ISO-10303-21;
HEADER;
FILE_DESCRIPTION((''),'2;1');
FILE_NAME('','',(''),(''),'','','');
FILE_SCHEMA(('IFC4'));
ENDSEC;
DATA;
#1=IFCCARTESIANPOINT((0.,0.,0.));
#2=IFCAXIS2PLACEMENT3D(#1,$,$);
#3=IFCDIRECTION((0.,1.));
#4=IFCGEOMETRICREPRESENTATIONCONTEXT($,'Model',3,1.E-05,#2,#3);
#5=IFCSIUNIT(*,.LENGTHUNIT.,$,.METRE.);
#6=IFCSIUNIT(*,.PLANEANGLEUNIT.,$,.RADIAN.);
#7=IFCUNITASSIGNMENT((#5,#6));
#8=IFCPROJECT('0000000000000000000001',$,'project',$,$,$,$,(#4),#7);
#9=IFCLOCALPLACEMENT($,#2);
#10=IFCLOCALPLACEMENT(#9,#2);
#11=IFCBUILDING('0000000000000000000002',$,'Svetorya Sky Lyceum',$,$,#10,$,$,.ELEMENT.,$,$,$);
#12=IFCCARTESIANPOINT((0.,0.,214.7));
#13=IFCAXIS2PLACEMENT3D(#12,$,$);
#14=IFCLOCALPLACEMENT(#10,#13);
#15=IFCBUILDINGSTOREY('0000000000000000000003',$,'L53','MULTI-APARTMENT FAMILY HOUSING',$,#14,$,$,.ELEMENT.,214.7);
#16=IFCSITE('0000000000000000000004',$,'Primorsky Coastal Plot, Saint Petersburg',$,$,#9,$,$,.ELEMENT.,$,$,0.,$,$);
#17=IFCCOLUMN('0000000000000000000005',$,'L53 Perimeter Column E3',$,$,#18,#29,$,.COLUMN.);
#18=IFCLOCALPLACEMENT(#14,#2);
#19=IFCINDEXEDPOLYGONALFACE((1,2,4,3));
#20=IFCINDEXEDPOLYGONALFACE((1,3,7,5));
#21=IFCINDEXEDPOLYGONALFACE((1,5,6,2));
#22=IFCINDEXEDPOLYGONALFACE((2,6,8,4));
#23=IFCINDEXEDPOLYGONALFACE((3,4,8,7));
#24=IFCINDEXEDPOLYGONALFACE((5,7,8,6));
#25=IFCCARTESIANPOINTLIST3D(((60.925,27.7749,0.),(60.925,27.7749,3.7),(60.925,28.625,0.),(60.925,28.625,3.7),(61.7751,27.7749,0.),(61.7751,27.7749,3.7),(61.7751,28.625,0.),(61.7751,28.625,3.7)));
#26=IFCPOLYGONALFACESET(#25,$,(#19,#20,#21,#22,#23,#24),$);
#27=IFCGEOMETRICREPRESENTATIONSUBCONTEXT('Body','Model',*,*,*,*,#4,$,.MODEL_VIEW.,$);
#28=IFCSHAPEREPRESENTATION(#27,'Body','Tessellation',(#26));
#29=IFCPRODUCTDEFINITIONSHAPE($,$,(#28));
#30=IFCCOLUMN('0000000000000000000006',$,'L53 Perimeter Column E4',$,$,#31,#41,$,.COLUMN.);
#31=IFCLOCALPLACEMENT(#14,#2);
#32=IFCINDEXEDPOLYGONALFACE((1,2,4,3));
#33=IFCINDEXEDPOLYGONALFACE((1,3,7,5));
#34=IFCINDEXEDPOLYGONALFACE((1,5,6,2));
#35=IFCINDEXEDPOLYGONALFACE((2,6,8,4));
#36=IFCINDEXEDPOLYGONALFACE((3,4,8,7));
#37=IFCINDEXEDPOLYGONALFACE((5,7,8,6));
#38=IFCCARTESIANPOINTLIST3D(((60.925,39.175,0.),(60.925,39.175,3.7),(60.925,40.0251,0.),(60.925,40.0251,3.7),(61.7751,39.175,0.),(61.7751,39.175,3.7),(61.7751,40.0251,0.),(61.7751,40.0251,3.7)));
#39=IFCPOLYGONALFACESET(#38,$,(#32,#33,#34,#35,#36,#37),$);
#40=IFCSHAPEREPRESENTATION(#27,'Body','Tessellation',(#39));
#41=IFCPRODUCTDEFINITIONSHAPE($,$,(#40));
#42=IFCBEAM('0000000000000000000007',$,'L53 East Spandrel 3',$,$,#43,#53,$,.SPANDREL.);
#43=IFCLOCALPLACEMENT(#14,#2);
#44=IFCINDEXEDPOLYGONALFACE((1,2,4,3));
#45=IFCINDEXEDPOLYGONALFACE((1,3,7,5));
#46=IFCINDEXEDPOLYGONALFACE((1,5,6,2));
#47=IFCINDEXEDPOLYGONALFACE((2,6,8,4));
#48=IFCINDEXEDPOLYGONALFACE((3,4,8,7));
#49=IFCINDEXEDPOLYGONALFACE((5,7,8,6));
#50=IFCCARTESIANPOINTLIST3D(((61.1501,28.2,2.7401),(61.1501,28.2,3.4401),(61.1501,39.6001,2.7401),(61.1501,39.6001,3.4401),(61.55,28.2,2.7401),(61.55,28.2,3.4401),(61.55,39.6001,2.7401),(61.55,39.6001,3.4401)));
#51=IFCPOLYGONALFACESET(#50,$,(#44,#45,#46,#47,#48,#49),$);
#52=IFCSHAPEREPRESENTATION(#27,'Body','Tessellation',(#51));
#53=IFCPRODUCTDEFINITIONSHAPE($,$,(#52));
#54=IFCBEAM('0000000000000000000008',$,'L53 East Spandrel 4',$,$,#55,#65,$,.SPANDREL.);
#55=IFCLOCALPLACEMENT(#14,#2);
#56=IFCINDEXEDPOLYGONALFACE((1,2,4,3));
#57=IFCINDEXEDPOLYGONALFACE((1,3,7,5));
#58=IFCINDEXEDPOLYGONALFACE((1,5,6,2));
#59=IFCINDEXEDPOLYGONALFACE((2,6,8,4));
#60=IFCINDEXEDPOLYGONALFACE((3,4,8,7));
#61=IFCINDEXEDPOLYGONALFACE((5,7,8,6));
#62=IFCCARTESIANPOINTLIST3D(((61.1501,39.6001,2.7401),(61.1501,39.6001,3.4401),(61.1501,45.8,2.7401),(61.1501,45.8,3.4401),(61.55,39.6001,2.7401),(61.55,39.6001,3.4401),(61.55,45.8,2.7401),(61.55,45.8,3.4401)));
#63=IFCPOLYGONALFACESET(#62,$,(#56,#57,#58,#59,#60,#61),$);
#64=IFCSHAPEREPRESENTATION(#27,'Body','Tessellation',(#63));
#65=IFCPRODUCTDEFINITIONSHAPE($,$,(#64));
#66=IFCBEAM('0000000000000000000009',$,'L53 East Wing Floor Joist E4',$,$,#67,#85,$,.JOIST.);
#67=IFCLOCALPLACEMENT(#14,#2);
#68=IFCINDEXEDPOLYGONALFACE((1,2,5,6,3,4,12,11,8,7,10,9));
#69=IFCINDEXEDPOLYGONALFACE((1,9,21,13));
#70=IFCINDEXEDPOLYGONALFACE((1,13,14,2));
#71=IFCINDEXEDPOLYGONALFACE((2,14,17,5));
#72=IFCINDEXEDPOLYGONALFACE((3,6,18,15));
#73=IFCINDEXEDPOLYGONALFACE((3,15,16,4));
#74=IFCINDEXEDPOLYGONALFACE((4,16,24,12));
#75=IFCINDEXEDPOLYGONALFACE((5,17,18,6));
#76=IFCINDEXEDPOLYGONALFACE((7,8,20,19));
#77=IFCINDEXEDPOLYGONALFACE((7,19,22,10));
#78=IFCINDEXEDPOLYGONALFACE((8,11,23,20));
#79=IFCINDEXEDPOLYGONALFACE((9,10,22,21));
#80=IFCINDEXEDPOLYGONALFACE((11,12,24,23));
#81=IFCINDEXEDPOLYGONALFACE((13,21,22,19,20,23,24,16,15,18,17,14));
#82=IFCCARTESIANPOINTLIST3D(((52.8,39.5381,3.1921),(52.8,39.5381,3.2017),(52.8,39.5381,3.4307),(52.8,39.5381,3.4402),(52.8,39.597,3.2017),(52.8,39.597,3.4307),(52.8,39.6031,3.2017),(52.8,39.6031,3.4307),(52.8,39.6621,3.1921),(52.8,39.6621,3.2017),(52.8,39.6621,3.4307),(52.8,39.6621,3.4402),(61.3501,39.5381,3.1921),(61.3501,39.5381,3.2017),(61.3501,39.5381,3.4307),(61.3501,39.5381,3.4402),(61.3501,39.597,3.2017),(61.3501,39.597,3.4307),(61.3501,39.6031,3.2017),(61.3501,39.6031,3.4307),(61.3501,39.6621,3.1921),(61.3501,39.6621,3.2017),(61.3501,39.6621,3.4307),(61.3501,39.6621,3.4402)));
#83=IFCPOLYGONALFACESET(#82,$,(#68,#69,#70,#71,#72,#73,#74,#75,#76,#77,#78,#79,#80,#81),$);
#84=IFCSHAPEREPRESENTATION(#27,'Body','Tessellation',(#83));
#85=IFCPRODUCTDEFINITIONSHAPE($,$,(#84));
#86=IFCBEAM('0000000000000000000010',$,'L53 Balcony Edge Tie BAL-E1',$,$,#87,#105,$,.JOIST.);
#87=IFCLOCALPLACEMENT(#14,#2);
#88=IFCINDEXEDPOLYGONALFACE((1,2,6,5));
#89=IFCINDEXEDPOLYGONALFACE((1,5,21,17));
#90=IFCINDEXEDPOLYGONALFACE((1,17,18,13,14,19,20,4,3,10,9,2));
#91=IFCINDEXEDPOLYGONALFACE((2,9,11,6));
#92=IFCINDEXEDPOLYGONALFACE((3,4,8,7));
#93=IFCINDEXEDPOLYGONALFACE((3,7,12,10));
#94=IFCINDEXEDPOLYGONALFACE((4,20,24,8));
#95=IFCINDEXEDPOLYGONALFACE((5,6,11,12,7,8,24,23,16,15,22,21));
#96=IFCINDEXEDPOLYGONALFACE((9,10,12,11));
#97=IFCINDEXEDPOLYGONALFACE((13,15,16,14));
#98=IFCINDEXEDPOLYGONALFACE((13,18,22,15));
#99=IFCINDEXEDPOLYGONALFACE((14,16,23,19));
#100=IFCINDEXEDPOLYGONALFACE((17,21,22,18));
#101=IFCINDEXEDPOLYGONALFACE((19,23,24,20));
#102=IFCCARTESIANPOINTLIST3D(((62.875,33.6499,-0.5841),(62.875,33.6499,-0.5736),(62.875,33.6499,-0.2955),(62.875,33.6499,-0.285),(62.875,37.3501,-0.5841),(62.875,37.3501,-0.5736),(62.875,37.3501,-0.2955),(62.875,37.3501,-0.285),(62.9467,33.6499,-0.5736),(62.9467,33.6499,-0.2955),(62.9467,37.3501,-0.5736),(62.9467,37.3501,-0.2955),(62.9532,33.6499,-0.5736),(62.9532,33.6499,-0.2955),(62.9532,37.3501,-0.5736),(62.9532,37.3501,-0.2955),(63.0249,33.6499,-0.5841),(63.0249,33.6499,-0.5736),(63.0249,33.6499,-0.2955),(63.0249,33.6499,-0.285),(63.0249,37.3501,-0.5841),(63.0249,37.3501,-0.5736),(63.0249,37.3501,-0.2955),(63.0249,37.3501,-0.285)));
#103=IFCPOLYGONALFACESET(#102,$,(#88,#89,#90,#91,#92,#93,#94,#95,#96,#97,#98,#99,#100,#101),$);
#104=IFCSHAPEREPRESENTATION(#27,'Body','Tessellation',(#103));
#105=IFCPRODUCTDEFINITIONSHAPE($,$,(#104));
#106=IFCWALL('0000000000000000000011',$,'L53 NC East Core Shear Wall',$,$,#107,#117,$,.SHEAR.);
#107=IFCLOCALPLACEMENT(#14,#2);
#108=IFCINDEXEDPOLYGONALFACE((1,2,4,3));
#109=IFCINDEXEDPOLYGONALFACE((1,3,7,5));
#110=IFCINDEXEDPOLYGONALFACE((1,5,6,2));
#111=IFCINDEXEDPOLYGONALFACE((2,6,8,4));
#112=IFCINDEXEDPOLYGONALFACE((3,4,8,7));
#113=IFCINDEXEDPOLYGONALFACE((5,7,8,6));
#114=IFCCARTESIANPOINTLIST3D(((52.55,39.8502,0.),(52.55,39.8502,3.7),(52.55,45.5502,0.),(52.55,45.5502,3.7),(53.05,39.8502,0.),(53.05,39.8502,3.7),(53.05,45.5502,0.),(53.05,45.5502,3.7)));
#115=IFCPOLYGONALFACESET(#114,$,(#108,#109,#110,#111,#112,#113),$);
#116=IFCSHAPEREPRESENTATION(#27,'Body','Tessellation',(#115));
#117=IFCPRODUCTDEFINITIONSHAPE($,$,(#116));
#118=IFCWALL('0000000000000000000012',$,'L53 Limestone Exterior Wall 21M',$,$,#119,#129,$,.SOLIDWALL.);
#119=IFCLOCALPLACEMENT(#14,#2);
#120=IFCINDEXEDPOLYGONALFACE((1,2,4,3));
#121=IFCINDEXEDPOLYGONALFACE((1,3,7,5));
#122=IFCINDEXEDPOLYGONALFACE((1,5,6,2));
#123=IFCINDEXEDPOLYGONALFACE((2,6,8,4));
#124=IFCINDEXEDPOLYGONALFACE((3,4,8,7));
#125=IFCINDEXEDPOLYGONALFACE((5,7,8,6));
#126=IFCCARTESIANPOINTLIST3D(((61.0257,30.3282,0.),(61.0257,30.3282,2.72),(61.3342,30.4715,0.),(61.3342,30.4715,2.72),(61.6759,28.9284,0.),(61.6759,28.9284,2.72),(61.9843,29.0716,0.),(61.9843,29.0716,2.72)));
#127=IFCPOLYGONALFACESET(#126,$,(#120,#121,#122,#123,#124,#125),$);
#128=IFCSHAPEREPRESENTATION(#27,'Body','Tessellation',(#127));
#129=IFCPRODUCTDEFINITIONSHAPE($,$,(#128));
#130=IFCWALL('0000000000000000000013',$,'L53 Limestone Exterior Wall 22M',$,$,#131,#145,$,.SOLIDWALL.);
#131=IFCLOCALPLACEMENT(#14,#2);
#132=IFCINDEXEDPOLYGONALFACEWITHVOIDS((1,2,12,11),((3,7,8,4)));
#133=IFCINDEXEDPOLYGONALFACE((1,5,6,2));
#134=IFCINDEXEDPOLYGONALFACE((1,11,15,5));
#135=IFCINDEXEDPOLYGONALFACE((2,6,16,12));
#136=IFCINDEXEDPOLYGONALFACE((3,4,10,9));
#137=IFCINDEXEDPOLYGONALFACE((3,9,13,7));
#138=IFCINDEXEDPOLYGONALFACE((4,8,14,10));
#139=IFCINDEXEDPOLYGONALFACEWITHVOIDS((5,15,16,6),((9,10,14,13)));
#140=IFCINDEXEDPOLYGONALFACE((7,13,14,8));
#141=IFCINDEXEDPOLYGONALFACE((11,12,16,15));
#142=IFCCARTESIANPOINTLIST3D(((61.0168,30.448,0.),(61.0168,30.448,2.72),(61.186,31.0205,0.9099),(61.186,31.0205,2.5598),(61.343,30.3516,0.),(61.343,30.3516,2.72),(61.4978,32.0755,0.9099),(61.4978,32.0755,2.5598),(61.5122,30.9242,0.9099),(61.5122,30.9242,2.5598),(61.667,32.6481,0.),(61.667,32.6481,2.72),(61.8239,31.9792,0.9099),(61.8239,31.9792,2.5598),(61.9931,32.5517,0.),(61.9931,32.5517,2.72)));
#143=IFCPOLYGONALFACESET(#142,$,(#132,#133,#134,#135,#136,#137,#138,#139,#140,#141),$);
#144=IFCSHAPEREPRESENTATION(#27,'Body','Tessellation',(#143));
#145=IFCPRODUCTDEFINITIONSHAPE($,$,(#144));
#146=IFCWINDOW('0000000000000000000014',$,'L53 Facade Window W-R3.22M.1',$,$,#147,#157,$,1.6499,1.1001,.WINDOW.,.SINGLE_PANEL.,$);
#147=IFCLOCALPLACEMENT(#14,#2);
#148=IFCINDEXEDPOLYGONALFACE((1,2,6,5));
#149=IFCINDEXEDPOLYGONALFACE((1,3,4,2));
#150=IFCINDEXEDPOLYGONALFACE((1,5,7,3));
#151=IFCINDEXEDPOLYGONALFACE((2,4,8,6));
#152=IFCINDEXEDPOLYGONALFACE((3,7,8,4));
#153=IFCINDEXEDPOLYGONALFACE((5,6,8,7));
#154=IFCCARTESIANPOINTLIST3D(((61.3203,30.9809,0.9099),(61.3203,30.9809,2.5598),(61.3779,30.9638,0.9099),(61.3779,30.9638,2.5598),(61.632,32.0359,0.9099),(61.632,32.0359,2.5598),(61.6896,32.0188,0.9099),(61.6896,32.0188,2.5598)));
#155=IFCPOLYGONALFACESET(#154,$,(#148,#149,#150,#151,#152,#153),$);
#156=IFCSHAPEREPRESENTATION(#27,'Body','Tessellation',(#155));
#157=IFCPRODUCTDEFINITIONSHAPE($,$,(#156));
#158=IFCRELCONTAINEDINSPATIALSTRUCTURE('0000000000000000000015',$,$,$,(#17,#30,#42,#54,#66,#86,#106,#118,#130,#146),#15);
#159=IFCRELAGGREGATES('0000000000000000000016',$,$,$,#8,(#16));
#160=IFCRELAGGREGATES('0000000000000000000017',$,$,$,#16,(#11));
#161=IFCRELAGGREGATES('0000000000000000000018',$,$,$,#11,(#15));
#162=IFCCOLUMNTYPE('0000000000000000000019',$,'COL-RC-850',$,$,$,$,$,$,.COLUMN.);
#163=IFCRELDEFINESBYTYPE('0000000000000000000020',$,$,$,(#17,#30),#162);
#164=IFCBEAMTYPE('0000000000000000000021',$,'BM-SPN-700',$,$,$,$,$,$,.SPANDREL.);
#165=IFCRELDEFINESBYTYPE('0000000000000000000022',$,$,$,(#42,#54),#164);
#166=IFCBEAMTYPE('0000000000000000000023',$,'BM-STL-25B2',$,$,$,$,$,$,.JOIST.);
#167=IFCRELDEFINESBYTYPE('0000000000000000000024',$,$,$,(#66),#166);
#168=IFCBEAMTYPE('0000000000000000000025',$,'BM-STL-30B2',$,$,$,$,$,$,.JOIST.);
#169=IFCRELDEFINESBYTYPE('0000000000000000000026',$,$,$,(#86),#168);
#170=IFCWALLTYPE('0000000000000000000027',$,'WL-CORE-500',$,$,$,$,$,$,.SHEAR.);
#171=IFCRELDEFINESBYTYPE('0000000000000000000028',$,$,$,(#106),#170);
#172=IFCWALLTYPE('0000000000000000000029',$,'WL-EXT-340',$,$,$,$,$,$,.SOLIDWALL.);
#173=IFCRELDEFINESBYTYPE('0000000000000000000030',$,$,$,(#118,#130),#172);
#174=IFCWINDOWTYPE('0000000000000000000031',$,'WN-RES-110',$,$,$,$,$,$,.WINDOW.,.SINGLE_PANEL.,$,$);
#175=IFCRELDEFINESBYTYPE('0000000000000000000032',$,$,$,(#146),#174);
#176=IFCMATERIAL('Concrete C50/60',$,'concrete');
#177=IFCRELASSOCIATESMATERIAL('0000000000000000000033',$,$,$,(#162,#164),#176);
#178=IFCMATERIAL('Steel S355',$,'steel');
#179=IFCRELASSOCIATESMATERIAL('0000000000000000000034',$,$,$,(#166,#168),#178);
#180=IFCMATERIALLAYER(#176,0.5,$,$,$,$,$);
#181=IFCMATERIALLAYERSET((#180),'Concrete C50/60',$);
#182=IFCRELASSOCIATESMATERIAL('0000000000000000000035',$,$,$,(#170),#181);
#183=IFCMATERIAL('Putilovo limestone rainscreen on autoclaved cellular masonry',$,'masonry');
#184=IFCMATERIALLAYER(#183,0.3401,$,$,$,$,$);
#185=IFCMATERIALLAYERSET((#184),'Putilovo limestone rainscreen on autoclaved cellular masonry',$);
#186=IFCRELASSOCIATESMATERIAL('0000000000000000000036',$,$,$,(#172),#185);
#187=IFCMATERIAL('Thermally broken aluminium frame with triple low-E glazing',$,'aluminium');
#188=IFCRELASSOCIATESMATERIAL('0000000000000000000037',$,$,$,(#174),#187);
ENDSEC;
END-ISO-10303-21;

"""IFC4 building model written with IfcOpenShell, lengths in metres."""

from ifc_helpers import new_model, si_unit, direction, frame, frame_2d, origin, origin_2d, place, context, subcontext, project, spatial, rectangle, i_section, extrude, material, layer, layer_set, material_profile, profile_set, type_object, element, fill, save


model = new_model("IFC4")

# Units and contexts
model_context = context("Model", 3, precision=1e-05, world=origin(), true_north=direction((0.0, 1.0)))
body_context = subcontext(model_context, "Body", "Model", "MODEL_VIEW")
ifc_project = project(units=[si_unit("LENGTHUNIT", "METRE"), si_unit("PLANEANGLEUNIT", "RADIAN")], contexts=[model_context])

# Site, building, storey
site_placement = place(None, origin())
site = spatial("IfcSite", under=ifc_project, at=site_placement, Name="Primorsky Coastal Plot, Saint Petersburg", CompositionType="ELEMENT", RefElevation=0.0)
building_placement = place(site_placement, origin())
building = spatial("IfcBuilding", under=site, at=building_placement, Name="Svetorya Sky Lyceum", CompositionType="ELEMENT")
storey_placement = place(building_placement, frame((0.0, 0.0, 214.7)))
storey = spatial("IfcBuildingStorey", under=building, at=storey_placement, Name="L53", Description="MULTI-APARTMENT FAMILY HOUSING", CompositionType="ELEMENT", Elevation=214.7)

# Columns
ifc_material_1 = material(Name="Concrete C50/60", Category="concrete")
ifc_material_profile_1 = material_profile(ifc_material_1, rectangle(XDim=0.8501, YDim=0.8501, at=origin_2d()), Name="RC COL 850x850")
ifc_profile_set_1 = profile_set([ifc_material_profile_1], Name="Concrete C50/60")
column_type = type_object("IfcColumnType", Name="COL-RC-850", PredefinedType="COLUMN", material=ifc_profile_set_1)
for number, where, z_axis, x_axis, name in (
    (1, (61.3501, 28.2, 0.0), (0.0, 0.0, 1.0), (1.0, 0.0, 0.0), "L53 Perimeter Column E3"),
    (2, (61.3501, 39.6001, 0.0), (0.0, 0.0, 1.0), (1.0, 0.0, 0.0), "L53 Perimeter Column E4"),
):
    element("IfcColumn", number, at=place(storey_placement, frame(where, z_axis=z_axis, x_axis=x_axis)), inside=storey, type_object=column_type, Name=name, PredefinedType="COLUMN", context=body_context, shape_type="SweptSolid", body=[
        extrude(rectangle(XDim=0.8501, YDim=0.8501, at=origin_2d()), origin(), (0.0, 0.0, 1.0), 3.7),
    ])

# Beams
ifc_material_profile_2 = material_profile(ifc_material_1, rectangle(XDim=0.3999, YDim=0.7, at=origin_2d()), Name="RC SPANDREL 400x700")
ifc_profile_set_2 = profile_set([ifc_material_profile_2], Name="Concrete C50/60")
beam_type_1 = type_object("IfcBeamType", Name="BM-SPN-700", PredefinedType="SPANDREL", material=ifc_profile_set_2)
beam_1_placement = place(storey_placement, frame((61.3501, 28.2, 3.0901), z_axis=(0.0, 1.0, 0.0), x_axis=(-1.0, 0.0, 0.0)))
element("IfcBeam", 3, at=beam_1_placement, inside=storey, type_object=beam_type_1, Name="L53 East Spandrel 3", PredefinedType="SPANDREL", context=body_context, shape_type="SweptSolid", body=[
    extrude(rectangle(XDim=0.3999, YDim=0.7, at=origin_2d()), origin(), (0.0, 0.0, 1.0), 11.4001),
])
beam_2_placement = place(storey_placement, frame((61.3501, 39.6001, 3.0901), z_axis=(0.0, 1.0, 0.0), x_axis=(-1.0, 0.0, 0.0)))
element("IfcBeam", 4, at=beam_2_placement, inside=storey, type_object=beam_type_1, Name="L53 East Spandrel 4", PredefinedType="SPANDREL", context=body_context, shape_type="SweptSolid", body=[
    extrude(rectangle(XDim=0.3999, YDim=0.7, at=origin_2d()), origin(), (0.0, 0.0, 1.0), 6.2),
])
ifc_material_2 = material(Name="Steel S355", Category="steel")
ifc_material_profile_3 = material_profile(ifc_material_2, i_section(OverallWidth=0.124, OverallDepth=0.248, WebThickness=0.0061, FlangeThickness=0.0095, at=origin_2d()), Name="GOST 25B2")
ifc_profile_set_3 = profile_set([ifc_material_profile_3], Name="Steel S355")
beam_type_2 = type_object("IfcBeamType", Name="BM-STL-25B2", PredefinedType="JOIST", material=ifc_profile_set_3)
beam_3_placement = place(storey_placement, frame((52.8, 39.6001, 3.3162), z_axis=(1.0, 0.0, 0.0), x_axis=(0.0, 1.0, 0.0)))
element("IfcBeam", 5, at=beam_3_placement, inside=storey, type_object=beam_type_2, Name="L53 East Wing Floor Joist E4", PredefinedType="JOIST", context=body_context, shape_type="SweptSolid", body=[
    extrude(i_section(OverallWidth=0.124, OverallDepth=0.248, WebThickness=0.0061, FlangeThickness=0.0095, at=origin_2d()), origin(), (0.0, 0.0, 1.0), 8.55),
])
ifc_material_profile_4 = material_profile(ifc_material_2, i_section(OverallWidth=0.1499, OverallDepth=0.2991, WebThickness=0.0066, FlangeThickness=0.0105, at=origin_2d()), Name="GOST 30B2")
ifc_profile_set_4 = profile_set([ifc_material_profile_4], Name="Steel S355")
beam_type_3 = type_object("IfcBeamType", Name="BM-STL-30B2", PredefinedType="JOIST", material=ifc_profile_set_4)
beam_4_placement = place(storey_placement, frame((62.95, 33.6499, -0.4346), z_axis=(0.0, 1.0, 0.0), x_axis=(-1.0, 0.0, 0.0)))
element("IfcBeam", 6, at=beam_4_placement, inside=storey, type_object=beam_type_3, Name="L53 Balcony Edge Tie BAL-E1", PredefinedType="JOIST", context=body_context, shape_type="SweptSolid", body=[
    extrude(i_section(OverallWidth=0.1499, OverallDepth=0.2991, WebThickness=0.0066, FlangeThickness=0.0105, at=origin_2d()), origin(), (0.0, 0.0, 1.0), 3.7002),
])

# Walls
ifc_layer_1 = layer(ifc_material_1, 0.5)
ifc_layer_set_1 = layer_set([ifc_layer_1], Name="Concrete C50/60")
wall_type_1 = type_object("IfcWallType", Name="WL-CORE-500", PredefinedType="SHEAR", material=ifc_layer_set_1)
wall_1_placement = place(storey_placement, frame((52.8, 39.8501, 0.0), z_axis=(0.0, 0.0, 1.0), x_axis=(0.0, 1.0, 0.0)))
element("IfcWall", 7, at=wall_1_placement, inside=storey, type_object=wall_type_1, Name="L53 NC East Core Shear Wall", PredefinedType="SHEAR", context=body_context, shape_type="SweptSolid", body=[
    extrude(rectangle(XDim=5.7, YDim=0.5, at=frame_2d((2.8501, 0.0))), origin(), (0.0, 0.0, 1.0), 3.7),
])
ifc_material_3 = material(Name="Putilovo limestone rainscreen on autoclaved cellular masonry", Category="masonry")
ifc_layer_2 = layer(ifc_material_3, 0.3401)
ifc_layer_set_2 = layer_set([ifc_layer_2], Name="Putilovo limestone rainscreen on autoclaved cellular masonry")
wall_type_2 = type_object("IfcWallType", Name="WL-EXT-340", PredefinedType="SOLIDWALL", material=ifc_layer_set_2)
wall_2_placement = place(storey_placement, frame((61.8301, 29.0, 0.0), z_axis=(0.0, 0.0, 1.0), x_axis=(-0.421214, 0.906961, 0.0)))
element("IfcWall", 8, at=wall_2_placement, inside=storey, type_object=wall_type_2, Name="L53 Limestone Exterior Wall 21M", PredefinedType="SOLIDWALL", context=body_context, shape_type="SweptSolid", body=[
    extrude(rectangle(XDim=1.5435, YDim=0.3401, at=frame_2d((0.7717, 0.0))), origin(), (0.0, 0.0, 1.0), 2.72),
])

# Wall, opening, window
wall_3_placement = place(storey_placement, frame((61.1799, 30.3999, 0.0), z_axis=(0.0, 0.0, 1.0), x_axis=(0.283382, 0.959007, 0.0)))
wall_3 = element("IfcWall", 9, at=wall_3_placement, inside=storey, type_object=wall_type_2, Name="L53 Limestone Exterior Wall 22M", PredefinedType="SOLIDWALL", context=body_context, shape_type="SweptSolid", body=[
    extrude(rectangle(XDim=2.2942, YDim=0.3401, at=frame_2d((1.147, 0.0))), origin(), (0.0, 0.0, 1.0), 2.72),
])
opening_1_placement = place(wall_3_placement, frame((0.5969, 0.0, 0.9099)))
opening_1 = element("IfcOpeningElement", 10, at=opening_1_placement, cuts=wall_3, PredefinedType="OPENING", context=body_context, shape_type="SweptSolid", body=[
    extrude(rectangle(XDim=1.1001, YDim=1.6499, at=frame_2d((0.55, 0.825))), frame((0.0, 0.1799, 0.0), z_axis=(0.0, -1.0, 0.0), x_axis=(1.0, 0.0, 0.0)), (0.0, 0.0, 1.0), 0.3601),
])
ifc_material_4 = material(Name="Thermally broken aluminium frame with triple low-E glazing", Category="aluminium")
window_type_1 = type_object("IfcWindowType", Name="WN-RES-110", PartitioningType="SINGLE_PANEL", PredefinedType="WINDOW", material=ifc_material_4)
window_1_placement = place(opening_1_placement, origin())
window_1 = element("IfcWindow", 11, at=window_1_placement, inside=storey, type_object=window_type_1, Name="L53 Facade Window W-R3.22M.1", OverallHeight=1.6499, OverallWidth=1.1001, PartitioningType="SINGLE_PANEL", PredefinedType="WINDOW", context=body_context, shape_type="SweptSolid", body=[
    extrude(rectangle(XDim=1.1001, YDim=1.6499, at=frame_2d((0.55, 0.825))), frame((0.0, 0.03, 0.0), z_axis=(0.0, -1.0, 0.0), x_axis=(1.0, 0.0, 0.0)), (0.0, 0.0, 1.0), 0.0601),
])
fill(opening_1, window_1)

save(model, "model.ifc")
